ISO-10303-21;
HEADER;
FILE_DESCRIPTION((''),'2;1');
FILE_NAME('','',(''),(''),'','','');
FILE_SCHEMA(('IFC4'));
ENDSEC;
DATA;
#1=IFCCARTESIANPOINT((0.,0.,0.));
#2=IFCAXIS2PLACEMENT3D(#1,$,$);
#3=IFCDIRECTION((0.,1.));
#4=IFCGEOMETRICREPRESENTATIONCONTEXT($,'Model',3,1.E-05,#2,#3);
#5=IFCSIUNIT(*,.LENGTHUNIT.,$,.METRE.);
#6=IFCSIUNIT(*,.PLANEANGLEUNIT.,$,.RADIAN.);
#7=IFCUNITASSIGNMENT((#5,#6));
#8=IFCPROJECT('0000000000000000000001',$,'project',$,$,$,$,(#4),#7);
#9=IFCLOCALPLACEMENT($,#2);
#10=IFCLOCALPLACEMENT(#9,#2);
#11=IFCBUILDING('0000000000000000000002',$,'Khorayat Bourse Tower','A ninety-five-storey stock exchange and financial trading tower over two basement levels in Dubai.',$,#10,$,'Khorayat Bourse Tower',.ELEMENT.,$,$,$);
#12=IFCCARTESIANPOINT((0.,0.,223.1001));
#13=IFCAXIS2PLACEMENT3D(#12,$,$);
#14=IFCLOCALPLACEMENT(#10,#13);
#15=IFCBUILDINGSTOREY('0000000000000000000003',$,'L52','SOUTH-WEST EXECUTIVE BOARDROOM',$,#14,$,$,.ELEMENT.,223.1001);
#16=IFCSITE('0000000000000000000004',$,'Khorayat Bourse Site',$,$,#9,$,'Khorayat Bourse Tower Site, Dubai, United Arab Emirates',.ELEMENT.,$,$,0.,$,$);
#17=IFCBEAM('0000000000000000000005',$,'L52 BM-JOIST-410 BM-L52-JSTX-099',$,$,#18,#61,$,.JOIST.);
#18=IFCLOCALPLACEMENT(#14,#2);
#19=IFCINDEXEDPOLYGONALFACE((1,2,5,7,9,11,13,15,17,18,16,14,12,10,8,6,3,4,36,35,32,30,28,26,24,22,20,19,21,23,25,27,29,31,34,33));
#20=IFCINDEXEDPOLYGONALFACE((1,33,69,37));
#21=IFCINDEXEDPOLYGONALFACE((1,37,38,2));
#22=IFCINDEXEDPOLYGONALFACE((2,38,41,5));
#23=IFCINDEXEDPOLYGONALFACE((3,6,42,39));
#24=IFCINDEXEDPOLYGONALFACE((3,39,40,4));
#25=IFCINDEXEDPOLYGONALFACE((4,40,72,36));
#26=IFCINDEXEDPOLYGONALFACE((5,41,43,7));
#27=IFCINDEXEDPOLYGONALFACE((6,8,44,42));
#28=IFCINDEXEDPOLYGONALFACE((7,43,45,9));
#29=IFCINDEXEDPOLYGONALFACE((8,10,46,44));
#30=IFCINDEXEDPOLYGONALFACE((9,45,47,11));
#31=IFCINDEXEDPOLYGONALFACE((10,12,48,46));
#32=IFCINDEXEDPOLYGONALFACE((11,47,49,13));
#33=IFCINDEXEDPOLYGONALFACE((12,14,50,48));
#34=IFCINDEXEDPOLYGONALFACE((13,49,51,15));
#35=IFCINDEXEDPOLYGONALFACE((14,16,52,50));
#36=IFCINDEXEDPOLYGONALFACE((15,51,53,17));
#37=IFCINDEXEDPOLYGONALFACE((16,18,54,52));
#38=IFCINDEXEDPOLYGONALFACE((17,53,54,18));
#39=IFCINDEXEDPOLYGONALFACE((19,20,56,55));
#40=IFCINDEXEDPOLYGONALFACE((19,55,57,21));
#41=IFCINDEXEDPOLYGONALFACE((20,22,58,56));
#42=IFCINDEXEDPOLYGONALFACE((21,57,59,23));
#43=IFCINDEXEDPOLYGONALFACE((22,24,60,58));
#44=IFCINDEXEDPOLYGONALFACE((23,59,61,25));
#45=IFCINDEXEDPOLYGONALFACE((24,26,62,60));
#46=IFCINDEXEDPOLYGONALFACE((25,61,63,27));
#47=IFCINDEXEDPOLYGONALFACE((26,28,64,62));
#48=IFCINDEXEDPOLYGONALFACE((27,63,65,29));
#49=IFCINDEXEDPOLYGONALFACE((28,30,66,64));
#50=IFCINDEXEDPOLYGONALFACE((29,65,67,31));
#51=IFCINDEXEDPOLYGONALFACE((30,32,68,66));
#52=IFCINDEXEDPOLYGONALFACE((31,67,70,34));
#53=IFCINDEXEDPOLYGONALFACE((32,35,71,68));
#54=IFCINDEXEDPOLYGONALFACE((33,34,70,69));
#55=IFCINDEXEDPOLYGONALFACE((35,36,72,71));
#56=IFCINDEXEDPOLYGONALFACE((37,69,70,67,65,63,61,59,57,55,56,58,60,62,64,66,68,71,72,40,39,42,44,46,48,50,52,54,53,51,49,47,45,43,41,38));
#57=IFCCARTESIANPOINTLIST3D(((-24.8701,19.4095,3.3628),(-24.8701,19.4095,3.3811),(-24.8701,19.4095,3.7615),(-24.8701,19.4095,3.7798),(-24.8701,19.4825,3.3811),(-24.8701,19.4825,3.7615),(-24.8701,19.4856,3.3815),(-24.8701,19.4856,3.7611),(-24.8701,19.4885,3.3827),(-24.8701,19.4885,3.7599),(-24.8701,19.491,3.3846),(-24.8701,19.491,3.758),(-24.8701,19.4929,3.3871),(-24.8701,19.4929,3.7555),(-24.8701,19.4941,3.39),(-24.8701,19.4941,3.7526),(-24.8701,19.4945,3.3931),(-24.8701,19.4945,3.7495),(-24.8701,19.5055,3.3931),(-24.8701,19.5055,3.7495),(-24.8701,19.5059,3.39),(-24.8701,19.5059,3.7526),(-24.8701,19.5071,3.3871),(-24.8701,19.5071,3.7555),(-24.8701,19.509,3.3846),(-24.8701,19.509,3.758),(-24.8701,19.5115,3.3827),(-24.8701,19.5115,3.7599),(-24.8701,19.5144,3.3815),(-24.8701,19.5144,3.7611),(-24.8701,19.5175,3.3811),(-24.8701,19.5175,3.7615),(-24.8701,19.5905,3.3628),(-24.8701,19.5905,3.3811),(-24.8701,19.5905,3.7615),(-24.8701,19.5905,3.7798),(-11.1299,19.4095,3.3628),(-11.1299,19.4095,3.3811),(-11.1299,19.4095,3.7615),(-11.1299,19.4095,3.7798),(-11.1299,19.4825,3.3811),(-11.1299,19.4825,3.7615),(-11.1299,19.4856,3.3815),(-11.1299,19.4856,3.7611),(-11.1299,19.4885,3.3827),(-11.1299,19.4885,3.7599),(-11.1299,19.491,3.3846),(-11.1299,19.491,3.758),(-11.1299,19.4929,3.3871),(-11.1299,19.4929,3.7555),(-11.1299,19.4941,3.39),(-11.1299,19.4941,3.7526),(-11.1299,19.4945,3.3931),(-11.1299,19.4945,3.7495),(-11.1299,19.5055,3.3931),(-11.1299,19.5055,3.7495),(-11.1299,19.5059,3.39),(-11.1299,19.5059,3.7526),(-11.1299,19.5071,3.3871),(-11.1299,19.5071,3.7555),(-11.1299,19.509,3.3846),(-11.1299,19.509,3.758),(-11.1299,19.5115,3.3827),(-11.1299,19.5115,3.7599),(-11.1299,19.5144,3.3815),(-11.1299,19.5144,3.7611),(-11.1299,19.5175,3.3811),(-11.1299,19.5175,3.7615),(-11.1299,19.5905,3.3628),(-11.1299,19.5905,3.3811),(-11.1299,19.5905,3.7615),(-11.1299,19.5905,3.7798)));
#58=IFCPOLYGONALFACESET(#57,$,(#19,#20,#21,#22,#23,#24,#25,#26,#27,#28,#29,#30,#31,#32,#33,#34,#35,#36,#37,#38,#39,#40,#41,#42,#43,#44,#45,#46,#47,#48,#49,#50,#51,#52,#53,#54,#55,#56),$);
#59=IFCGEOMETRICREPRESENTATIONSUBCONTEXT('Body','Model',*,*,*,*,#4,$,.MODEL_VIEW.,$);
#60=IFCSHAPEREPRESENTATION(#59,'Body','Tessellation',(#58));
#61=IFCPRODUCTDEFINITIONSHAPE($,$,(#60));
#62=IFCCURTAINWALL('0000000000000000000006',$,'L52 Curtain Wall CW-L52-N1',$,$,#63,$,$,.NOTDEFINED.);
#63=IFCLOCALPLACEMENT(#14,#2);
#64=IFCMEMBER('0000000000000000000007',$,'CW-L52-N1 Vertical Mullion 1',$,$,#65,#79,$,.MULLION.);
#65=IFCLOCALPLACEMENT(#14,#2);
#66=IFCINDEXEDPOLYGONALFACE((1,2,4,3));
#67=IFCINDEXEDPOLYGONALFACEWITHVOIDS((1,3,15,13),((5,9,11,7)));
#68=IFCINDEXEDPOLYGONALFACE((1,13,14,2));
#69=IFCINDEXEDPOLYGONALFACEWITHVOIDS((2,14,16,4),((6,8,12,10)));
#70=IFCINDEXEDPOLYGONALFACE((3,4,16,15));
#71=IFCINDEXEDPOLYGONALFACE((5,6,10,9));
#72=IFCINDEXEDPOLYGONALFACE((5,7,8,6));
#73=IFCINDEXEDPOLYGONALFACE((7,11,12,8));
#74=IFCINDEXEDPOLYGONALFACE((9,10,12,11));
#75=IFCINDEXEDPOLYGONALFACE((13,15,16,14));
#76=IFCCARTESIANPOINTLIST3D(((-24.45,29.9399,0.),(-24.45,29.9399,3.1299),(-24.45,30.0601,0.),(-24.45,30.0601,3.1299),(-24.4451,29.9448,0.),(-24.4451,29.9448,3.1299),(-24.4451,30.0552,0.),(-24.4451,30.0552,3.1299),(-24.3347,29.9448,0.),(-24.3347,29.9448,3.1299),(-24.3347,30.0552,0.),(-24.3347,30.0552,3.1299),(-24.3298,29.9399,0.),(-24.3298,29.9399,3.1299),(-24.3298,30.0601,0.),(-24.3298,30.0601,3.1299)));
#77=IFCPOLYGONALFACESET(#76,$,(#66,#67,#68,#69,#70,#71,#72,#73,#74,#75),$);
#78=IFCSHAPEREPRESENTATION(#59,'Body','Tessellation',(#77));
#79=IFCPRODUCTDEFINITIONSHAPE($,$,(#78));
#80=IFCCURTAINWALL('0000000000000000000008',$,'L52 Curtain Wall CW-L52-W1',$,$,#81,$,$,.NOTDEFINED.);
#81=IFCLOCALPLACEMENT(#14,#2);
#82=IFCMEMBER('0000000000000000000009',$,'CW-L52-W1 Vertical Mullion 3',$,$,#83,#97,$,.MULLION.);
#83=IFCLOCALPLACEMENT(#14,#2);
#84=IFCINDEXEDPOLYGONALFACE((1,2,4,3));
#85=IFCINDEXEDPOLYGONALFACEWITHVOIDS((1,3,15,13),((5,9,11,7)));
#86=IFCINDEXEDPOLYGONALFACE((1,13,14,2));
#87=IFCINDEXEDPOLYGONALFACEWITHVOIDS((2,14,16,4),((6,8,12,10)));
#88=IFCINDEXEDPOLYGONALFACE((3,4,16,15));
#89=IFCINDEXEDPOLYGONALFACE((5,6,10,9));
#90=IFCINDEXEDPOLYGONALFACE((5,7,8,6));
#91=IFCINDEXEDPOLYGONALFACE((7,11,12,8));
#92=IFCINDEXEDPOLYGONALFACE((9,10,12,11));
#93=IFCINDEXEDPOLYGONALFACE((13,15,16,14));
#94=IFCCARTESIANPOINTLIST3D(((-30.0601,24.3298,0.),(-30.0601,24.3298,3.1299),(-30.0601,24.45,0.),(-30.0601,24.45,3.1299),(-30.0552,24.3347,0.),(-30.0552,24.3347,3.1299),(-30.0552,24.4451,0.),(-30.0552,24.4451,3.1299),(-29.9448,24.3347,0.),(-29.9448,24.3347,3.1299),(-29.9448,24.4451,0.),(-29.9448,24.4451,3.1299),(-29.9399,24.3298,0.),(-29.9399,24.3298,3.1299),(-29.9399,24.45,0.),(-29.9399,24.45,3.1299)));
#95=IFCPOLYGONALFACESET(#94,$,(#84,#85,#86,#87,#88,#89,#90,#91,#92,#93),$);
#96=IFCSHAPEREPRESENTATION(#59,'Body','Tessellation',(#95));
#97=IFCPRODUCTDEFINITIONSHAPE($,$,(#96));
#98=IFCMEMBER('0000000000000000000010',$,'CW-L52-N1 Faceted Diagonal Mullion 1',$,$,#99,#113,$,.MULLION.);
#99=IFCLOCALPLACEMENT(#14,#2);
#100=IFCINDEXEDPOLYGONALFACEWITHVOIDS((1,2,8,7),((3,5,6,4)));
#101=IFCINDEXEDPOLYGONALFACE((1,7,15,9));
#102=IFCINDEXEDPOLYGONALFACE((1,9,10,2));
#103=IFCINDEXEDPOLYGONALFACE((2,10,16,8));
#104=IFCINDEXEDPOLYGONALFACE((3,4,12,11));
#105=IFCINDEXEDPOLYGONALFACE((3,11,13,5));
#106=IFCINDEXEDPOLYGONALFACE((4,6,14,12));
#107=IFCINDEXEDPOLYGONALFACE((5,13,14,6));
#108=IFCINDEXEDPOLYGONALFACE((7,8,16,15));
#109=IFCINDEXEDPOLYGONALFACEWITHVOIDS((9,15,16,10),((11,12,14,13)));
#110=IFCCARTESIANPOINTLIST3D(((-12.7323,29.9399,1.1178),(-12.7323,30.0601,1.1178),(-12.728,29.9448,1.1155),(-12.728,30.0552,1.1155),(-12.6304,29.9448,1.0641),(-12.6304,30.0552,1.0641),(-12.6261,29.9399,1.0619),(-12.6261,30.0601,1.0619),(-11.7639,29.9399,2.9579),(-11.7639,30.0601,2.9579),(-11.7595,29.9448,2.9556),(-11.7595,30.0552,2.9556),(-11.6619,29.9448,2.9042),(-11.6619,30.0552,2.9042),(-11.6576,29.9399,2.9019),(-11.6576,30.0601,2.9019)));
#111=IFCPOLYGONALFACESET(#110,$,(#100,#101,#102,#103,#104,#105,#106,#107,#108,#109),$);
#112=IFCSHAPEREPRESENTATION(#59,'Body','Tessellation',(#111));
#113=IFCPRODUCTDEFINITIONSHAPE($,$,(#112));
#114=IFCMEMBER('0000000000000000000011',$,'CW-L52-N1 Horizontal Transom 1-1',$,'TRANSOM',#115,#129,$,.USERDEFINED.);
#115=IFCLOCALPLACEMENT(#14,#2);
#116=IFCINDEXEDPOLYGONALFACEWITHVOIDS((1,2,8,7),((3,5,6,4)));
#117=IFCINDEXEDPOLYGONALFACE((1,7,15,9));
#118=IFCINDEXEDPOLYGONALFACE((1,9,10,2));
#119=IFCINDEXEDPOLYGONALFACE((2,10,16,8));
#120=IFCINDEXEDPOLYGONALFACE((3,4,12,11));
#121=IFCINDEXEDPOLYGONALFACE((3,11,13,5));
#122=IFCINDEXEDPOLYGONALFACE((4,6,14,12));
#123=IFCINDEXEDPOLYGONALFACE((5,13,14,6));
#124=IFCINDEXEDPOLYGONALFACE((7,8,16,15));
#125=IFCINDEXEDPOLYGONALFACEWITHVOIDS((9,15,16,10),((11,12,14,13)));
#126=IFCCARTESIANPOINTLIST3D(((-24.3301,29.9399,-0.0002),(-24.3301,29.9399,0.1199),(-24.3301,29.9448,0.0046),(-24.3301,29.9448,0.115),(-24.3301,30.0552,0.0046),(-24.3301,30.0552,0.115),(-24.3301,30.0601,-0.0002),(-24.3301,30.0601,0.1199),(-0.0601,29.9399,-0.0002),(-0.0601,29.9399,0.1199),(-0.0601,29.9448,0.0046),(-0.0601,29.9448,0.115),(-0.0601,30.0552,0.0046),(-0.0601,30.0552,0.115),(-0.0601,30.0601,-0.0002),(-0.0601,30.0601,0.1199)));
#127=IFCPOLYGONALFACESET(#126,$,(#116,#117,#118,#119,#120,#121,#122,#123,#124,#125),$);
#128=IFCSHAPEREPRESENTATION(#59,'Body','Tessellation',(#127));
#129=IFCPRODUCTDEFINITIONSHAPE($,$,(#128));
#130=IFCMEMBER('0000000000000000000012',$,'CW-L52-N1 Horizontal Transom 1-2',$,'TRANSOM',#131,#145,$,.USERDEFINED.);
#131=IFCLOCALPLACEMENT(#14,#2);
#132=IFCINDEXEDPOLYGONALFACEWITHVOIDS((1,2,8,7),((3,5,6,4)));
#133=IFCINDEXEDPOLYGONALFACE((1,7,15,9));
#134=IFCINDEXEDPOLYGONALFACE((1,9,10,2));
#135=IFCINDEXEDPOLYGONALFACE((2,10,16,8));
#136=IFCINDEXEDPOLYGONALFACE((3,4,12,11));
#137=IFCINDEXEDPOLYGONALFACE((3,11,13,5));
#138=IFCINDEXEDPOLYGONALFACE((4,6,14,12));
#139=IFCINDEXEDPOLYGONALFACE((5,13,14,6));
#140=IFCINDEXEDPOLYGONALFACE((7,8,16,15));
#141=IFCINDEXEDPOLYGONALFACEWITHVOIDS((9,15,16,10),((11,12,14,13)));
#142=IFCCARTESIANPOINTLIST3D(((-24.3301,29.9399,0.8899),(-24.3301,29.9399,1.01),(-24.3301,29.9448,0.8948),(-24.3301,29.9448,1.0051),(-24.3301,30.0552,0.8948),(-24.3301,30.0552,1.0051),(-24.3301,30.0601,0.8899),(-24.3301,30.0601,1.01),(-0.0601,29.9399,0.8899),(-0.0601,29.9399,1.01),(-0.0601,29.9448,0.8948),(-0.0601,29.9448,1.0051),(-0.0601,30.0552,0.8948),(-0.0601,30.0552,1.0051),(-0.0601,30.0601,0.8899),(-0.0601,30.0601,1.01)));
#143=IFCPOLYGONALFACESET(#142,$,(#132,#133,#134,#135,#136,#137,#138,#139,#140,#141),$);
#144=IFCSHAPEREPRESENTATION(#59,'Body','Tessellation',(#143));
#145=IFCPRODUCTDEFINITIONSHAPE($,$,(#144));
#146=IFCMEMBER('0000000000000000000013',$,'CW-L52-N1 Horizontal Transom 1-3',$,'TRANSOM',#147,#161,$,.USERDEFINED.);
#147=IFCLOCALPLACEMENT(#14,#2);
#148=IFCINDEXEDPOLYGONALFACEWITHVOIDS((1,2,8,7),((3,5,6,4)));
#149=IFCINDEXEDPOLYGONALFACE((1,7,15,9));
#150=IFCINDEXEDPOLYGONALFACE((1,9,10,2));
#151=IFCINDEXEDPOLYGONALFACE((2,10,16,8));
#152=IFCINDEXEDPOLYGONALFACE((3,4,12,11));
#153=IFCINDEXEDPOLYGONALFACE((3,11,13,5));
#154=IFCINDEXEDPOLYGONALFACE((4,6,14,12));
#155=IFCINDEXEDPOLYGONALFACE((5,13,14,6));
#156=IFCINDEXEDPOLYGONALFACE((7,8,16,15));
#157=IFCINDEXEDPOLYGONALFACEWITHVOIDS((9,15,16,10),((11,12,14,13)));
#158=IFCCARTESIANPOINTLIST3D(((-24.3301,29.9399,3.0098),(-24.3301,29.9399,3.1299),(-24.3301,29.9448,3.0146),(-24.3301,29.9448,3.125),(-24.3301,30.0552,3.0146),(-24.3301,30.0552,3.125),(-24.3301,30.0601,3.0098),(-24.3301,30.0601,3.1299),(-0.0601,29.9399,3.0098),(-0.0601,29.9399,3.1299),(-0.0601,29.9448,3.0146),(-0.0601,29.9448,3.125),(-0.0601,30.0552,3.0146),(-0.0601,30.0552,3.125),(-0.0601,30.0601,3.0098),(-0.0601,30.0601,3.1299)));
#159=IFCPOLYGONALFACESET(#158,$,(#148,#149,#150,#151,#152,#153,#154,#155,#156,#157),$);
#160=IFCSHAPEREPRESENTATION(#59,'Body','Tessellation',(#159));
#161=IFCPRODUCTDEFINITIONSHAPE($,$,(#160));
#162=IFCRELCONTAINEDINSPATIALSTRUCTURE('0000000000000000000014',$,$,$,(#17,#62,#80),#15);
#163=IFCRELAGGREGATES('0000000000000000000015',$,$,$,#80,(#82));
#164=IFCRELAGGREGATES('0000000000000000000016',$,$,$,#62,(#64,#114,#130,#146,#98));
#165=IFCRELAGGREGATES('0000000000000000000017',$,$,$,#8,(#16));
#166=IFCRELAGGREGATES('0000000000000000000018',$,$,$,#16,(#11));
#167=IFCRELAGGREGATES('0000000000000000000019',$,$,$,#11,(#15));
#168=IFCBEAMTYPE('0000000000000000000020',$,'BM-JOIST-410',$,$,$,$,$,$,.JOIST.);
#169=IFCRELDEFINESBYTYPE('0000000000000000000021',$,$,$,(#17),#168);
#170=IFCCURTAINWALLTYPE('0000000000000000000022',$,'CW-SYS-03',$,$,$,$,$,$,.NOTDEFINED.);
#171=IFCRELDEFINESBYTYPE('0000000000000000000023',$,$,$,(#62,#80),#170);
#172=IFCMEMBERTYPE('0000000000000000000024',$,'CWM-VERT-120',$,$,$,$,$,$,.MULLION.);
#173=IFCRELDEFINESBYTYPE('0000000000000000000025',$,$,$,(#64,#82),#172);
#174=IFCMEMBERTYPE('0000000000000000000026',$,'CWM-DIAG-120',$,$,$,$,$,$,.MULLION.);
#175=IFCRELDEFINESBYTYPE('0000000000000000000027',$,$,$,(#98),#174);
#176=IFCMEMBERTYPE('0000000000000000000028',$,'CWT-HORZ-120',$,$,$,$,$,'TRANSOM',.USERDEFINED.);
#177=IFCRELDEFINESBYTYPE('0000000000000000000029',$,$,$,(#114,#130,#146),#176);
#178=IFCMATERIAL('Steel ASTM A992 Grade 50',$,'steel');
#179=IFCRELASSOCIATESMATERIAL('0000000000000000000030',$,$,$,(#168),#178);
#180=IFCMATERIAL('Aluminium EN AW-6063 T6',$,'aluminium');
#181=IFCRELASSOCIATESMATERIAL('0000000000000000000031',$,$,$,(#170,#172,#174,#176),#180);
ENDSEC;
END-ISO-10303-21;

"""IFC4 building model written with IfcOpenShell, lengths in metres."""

from ifc_helpers import new_model, si_unit, direction, frame, origin, origin_2d, place, context, subcontext, project, spatial, hollow_rectangle, i_section, extrude, source, transform, mapped, material, material_profile, profile_set, type_object, element, aggregate, save


model = new_model("IFC4")

# Units and contexts
model_context = context("Model", 3, precision=1e-05, world=origin(), true_north=direction((0.0, 1.0)))
body_context = subcontext(model_context, "Body", "Model", "MODEL_VIEW")
ifc_project = project(units=[si_unit("LENGTHUNIT", "METRE"), si_unit("PLANEANGLEUNIT", "RADIAN")], contexts=[model_context])

# Site, building, storey
site_placement = place(None, origin())
site = spatial("IfcSite", under=ifc_project, at=site_placement, Name="Khorayat Bourse Site", LongName="Khorayat Bourse Tower Site, Dubai, United Arab Emirates", CompositionType="ELEMENT", RefElevation=0.0)
building_placement = place(site_placement, origin())
building = spatial("IfcBuilding", under=site, at=building_placement, Name="Khorayat Bourse Tower", Description="A ninety-five-storey stock exchange and financial trading tower over two basement levels in Dubai.", LongName="Khorayat Bourse Tower", CompositionType="ELEMENT")
storey_placement = place(building_placement, frame((0.0, 0.0, 223.1001)))
storey = spatial("IfcBuildingStorey", under=building, at=storey_placement, Name="L52", Description="SOUTH-WEST EXECUTIVE BOARDROOM", CompositionType="ELEMENT", Elevation=223.1001)

# Beam
ifc_material_1 = material(Name="Steel ASTM A992 Grade 50", Category="steel")
ifc_material_profile_1 = material_profile(ifc_material_1, i_section(OverallWidth=0.1809, OverallDepth=0.417, WebThickness=0.011, FlangeThickness=0.0183, FilletRadius=0.012, at=origin_2d()), Name="W410X85")
ifc_profile_set_1 = profile_set([ifc_material_profile_1], Name="Steel ASTM A992 Grade 50")
beam_type_1 = type_object("IfcBeamType", Name="BM-JOIST-410", PredefinedType="JOIST", material=ifc_profile_set_1)
shared_shape_1 = source(origin(), body_context, "Body", "SweptSolid", [
    extrude(i_section(OverallWidth=0.1809, OverallDepth=0.417, WebThickness=0.011, FlangeThickness=0.0183, FilletRadius=0.012, at=origin_2d()), origin(), (0.0, 0.0, 1.0), 13.7402),
])
beam_1_placement = place(storey_placement, frame((-24.8701, 19.5, 3.5713), z_axis=(1.0, 0.0, 0.0), x_axis=(0.0, 1.0, 0.0)))
element("IfcBeam", 1, at=beam_1_placement, inside=storey, type_object=beam_type_1, Name="L52 BM-JOIST-410 BM-L52-JSTX-099", PredefinedType="JOIST", context=body_context, shape_type="MappedRepresentation", body=[
    mapped(shared_shape_1, transform((0.0, 0.0, 0.0), scale=1.0)),
])

# Curtain walls, members
ifc_material_2 = material(Name="Aluminium EN AW-6063 T6", Category="aluminium")
curtain_wall_type = type_object("IfcCurtainWallType", Name="CW-SYS-03", PredefinedType="NOTDEFINED", material=ifc_material_2)
curtain_wall_1_placement = place(storey_placement, origin())
curtain_wall_1 = element("IfcCurtainWall", 2, at=curtain_wall_1_placement, inside=storey, type_object=curtain_wall_type, Name="L52 Curtain Wall CW-L52-N1", PredefinedType="NOTDEFINED")
ifc_material_profile_2 = material_profile(ifc_material_2, hollow_rectangle(XDim=0.1201, YDim=0.1201, WallThickness=0.0049, at=origin_2d()), Name="ALU 120x120x5")
ifc_profile_set_2 = profile_set([ifc_material_profile_2], Name="Aluminium EN AW-6063 T6")
member_type_1 = type_object("IfcMemberType", Name="CWM-VERT-120", PredefinedType="MULLION", material=ifc_profile_set_2)
shared_shape_2 = source(origin(), body_context, "Body", "SweptSolid", [
    extrude(hollow_rectangle(XDim=0.1201, YDim=0.1201, WallThickness=0.0049, at=origin_2d()), origin(), (0.0, 0.0, 1.0), 3.1299),
])
member_1_placement = place(storey_placement, frame((-24.3899, 30.0, 0.0), z_axis=(0.0, 0.0, 1.0), x_axis=(0.0, 1.0, 0.0)))
member_1 = element("IfcMember", 3, at=member_1_placement, type_object=member_type_1, Name="CW-L52-N1 Vertical Mullion 1", PredefinedType="MULLION", context=body_context, shape_type="MappedRepresentation", body=[
    mapped(shared_shape_2, transform((0.0, 0.0, 0.0), scale=1.0)),
])
curtain_wall_2_placement = place(storey_placement, origin())
curtain_wall_2 = element("IfcCurtainWall", 4, at=curtain_wall_2_placement, inside=storey, type_object=curtain_wall_type, Name="L52 Curtain Wall CW-L52-W1", PredefinedType="NOTDEFINED")
member_2_placement = place(storey_placement, frame((-30.0, 24.3899, 0.0), z_axis=(0.0, 0.0, 1.0), x_axis=(-1.0, 0.0, 0.0)))
member_2 = element("IfcMember", 5, at=member_2_placement, type_object=member_type_1, Name="CW-L52-W1 Vertical Mullion 3", PredefinedType="MULLION", context=body_context, shape_type="MappedRepresentation", body=[
    mapped(shared_shape_2, transform((0.0, 0.0, 0.0), scale=1.0)),
])
aggregate(curtain_wall_2, [member_2])

# Members
ifc_material_profile_3 = material_profile(ifc_material_2, hollow_rectangle(XDim=0.1201, YDim=0.1201, WallThickness=0.0049, at=origin_2d()), Name="ALU 120x120x5")
ifc_profile_set_3 = profile_set([ifc_material_profile_3], Name="Aluminium EN AW-6063 T6")
member_type_2 = type_object("IfcMemberType", Name="CWM-DIAG-120", PredefinedType="MULLION", material=ifc_profile_set_3)
shared_shape_3 = source(origin(), body_context, "Body", "SweptSolid", [
    extrude(hollow_rectangle(XDim=0.1201, YDim=0.1201, WallThickness=0.0049, at=origin_2d()), origin(), (0.0, 0.0, 1.0), 2.0793),
])
member_3_placement = place(storey_placement, frame((-12.6792, 30.0, 1.0898), z_axis=(0.465761, 0.0, 0.884911), x_axis=(0.0, 1.0, 0.0)))
member_3 = element("IfcMember", 6, at=member_3_placement, type_object=member_type_2, Name="CW-L52-N1 Faceted Diagonal Mullion 1", PredefinedType="MULLION", context=body_context, shape_type="MappedRepresentation", body=[
    mapped(shared_shape_3, transform((0.0, 0.0, 0.0), scale=1.0)),
])
ifc_material_profile_4 = material_profile(ifc_material_2, hollow_rectangle(XDim=0.1201, YDim=0.1201, WallThickness=0.0049, at=origin_2d()), Name="ALU 120x120x5")
ifc_profile_set_4 = profile_set([ifc_material_profile_4], Name="Aluminium EN AW-6063 T6")
member_type_3 = type_object("IfcMemberType", Name="CWT-HORZ-120", ElementType="TRANSOM", PredefinedType="USERDEFINED", material=ifc_profile_set_4)
shared_shape_4 = source(origin(), body_context, "Body", "SweptSolid", [
    extrude(hollow_rectangle(XDim=0.1201, YDim=0.1201, WallThickness=0.0049, at=origin_2d()), origin(), (0.0, 0.0, 1.0), 24.27),
])
member_4_placement = place(storey_placement, frame((-24.3301, 30.0, 0.0598), z_axis=(1.0, 0.0, 0.0), x_axis=(0.0, 1.0, 0.0)))
member_4 = element("IfcMember", 7, at=member_4_placement, type_object=member_type_3, Name="CW-L52-N1 Horizontal Transom 1-1", ObjectType="TRANSOM", PredefinedType="USERDEFINED", context=body_context, shape_type="MappedRepresentation", body=[
    mapped(shared_shape_4, transform((0.0, 0.0, 0.0), scale=1.0)),
])
member_5_placement = place(storey_placement, frame((-24.3301, 30.0, 0.95), z_axis=(1.0, 0.0, 0.0), x_axis=(0.0, 1.0, 0.0)))
member_5 = element("IfcMember", 8, at=member_5_placement, type_object=member_type_3, Name="CW-L52-N1 Horizontal Transom 1-2", ObjectType="TRANSOM", PredefinedType="USERDEFINED", context=body_context, shape_type="MappedRepresentation", body=[
    mapped(shared_shape_4, transform((0.0, 0.0, 0.0), scale=1.0)),
])
member_6_placement = place(storey_placement, frame((-24.3301, 30.0, 3.0698), z_axis=(1.0, 0.0, 0.0), x_axis=(0.0, 1.0, 0.0)))
member_6 = element("IfcMember", 9, at=member_6_placement, type_object=member_type_3, Name="CW-L52-N1 Horizontal Transom 1-3", ObjectType="TRANSOM", PredefinedType="USERDEFINED", context=body_context, shape_type="MappedRepresentation", body=[
    mapped(shared_shape_4, transform((0.0, 0.0, 0.0), scale=1.0)),
])
aggregate(curtain_wall_1, [member_1, member_4, member_5, member_6, member_3])

save(model, "model.ifc")
